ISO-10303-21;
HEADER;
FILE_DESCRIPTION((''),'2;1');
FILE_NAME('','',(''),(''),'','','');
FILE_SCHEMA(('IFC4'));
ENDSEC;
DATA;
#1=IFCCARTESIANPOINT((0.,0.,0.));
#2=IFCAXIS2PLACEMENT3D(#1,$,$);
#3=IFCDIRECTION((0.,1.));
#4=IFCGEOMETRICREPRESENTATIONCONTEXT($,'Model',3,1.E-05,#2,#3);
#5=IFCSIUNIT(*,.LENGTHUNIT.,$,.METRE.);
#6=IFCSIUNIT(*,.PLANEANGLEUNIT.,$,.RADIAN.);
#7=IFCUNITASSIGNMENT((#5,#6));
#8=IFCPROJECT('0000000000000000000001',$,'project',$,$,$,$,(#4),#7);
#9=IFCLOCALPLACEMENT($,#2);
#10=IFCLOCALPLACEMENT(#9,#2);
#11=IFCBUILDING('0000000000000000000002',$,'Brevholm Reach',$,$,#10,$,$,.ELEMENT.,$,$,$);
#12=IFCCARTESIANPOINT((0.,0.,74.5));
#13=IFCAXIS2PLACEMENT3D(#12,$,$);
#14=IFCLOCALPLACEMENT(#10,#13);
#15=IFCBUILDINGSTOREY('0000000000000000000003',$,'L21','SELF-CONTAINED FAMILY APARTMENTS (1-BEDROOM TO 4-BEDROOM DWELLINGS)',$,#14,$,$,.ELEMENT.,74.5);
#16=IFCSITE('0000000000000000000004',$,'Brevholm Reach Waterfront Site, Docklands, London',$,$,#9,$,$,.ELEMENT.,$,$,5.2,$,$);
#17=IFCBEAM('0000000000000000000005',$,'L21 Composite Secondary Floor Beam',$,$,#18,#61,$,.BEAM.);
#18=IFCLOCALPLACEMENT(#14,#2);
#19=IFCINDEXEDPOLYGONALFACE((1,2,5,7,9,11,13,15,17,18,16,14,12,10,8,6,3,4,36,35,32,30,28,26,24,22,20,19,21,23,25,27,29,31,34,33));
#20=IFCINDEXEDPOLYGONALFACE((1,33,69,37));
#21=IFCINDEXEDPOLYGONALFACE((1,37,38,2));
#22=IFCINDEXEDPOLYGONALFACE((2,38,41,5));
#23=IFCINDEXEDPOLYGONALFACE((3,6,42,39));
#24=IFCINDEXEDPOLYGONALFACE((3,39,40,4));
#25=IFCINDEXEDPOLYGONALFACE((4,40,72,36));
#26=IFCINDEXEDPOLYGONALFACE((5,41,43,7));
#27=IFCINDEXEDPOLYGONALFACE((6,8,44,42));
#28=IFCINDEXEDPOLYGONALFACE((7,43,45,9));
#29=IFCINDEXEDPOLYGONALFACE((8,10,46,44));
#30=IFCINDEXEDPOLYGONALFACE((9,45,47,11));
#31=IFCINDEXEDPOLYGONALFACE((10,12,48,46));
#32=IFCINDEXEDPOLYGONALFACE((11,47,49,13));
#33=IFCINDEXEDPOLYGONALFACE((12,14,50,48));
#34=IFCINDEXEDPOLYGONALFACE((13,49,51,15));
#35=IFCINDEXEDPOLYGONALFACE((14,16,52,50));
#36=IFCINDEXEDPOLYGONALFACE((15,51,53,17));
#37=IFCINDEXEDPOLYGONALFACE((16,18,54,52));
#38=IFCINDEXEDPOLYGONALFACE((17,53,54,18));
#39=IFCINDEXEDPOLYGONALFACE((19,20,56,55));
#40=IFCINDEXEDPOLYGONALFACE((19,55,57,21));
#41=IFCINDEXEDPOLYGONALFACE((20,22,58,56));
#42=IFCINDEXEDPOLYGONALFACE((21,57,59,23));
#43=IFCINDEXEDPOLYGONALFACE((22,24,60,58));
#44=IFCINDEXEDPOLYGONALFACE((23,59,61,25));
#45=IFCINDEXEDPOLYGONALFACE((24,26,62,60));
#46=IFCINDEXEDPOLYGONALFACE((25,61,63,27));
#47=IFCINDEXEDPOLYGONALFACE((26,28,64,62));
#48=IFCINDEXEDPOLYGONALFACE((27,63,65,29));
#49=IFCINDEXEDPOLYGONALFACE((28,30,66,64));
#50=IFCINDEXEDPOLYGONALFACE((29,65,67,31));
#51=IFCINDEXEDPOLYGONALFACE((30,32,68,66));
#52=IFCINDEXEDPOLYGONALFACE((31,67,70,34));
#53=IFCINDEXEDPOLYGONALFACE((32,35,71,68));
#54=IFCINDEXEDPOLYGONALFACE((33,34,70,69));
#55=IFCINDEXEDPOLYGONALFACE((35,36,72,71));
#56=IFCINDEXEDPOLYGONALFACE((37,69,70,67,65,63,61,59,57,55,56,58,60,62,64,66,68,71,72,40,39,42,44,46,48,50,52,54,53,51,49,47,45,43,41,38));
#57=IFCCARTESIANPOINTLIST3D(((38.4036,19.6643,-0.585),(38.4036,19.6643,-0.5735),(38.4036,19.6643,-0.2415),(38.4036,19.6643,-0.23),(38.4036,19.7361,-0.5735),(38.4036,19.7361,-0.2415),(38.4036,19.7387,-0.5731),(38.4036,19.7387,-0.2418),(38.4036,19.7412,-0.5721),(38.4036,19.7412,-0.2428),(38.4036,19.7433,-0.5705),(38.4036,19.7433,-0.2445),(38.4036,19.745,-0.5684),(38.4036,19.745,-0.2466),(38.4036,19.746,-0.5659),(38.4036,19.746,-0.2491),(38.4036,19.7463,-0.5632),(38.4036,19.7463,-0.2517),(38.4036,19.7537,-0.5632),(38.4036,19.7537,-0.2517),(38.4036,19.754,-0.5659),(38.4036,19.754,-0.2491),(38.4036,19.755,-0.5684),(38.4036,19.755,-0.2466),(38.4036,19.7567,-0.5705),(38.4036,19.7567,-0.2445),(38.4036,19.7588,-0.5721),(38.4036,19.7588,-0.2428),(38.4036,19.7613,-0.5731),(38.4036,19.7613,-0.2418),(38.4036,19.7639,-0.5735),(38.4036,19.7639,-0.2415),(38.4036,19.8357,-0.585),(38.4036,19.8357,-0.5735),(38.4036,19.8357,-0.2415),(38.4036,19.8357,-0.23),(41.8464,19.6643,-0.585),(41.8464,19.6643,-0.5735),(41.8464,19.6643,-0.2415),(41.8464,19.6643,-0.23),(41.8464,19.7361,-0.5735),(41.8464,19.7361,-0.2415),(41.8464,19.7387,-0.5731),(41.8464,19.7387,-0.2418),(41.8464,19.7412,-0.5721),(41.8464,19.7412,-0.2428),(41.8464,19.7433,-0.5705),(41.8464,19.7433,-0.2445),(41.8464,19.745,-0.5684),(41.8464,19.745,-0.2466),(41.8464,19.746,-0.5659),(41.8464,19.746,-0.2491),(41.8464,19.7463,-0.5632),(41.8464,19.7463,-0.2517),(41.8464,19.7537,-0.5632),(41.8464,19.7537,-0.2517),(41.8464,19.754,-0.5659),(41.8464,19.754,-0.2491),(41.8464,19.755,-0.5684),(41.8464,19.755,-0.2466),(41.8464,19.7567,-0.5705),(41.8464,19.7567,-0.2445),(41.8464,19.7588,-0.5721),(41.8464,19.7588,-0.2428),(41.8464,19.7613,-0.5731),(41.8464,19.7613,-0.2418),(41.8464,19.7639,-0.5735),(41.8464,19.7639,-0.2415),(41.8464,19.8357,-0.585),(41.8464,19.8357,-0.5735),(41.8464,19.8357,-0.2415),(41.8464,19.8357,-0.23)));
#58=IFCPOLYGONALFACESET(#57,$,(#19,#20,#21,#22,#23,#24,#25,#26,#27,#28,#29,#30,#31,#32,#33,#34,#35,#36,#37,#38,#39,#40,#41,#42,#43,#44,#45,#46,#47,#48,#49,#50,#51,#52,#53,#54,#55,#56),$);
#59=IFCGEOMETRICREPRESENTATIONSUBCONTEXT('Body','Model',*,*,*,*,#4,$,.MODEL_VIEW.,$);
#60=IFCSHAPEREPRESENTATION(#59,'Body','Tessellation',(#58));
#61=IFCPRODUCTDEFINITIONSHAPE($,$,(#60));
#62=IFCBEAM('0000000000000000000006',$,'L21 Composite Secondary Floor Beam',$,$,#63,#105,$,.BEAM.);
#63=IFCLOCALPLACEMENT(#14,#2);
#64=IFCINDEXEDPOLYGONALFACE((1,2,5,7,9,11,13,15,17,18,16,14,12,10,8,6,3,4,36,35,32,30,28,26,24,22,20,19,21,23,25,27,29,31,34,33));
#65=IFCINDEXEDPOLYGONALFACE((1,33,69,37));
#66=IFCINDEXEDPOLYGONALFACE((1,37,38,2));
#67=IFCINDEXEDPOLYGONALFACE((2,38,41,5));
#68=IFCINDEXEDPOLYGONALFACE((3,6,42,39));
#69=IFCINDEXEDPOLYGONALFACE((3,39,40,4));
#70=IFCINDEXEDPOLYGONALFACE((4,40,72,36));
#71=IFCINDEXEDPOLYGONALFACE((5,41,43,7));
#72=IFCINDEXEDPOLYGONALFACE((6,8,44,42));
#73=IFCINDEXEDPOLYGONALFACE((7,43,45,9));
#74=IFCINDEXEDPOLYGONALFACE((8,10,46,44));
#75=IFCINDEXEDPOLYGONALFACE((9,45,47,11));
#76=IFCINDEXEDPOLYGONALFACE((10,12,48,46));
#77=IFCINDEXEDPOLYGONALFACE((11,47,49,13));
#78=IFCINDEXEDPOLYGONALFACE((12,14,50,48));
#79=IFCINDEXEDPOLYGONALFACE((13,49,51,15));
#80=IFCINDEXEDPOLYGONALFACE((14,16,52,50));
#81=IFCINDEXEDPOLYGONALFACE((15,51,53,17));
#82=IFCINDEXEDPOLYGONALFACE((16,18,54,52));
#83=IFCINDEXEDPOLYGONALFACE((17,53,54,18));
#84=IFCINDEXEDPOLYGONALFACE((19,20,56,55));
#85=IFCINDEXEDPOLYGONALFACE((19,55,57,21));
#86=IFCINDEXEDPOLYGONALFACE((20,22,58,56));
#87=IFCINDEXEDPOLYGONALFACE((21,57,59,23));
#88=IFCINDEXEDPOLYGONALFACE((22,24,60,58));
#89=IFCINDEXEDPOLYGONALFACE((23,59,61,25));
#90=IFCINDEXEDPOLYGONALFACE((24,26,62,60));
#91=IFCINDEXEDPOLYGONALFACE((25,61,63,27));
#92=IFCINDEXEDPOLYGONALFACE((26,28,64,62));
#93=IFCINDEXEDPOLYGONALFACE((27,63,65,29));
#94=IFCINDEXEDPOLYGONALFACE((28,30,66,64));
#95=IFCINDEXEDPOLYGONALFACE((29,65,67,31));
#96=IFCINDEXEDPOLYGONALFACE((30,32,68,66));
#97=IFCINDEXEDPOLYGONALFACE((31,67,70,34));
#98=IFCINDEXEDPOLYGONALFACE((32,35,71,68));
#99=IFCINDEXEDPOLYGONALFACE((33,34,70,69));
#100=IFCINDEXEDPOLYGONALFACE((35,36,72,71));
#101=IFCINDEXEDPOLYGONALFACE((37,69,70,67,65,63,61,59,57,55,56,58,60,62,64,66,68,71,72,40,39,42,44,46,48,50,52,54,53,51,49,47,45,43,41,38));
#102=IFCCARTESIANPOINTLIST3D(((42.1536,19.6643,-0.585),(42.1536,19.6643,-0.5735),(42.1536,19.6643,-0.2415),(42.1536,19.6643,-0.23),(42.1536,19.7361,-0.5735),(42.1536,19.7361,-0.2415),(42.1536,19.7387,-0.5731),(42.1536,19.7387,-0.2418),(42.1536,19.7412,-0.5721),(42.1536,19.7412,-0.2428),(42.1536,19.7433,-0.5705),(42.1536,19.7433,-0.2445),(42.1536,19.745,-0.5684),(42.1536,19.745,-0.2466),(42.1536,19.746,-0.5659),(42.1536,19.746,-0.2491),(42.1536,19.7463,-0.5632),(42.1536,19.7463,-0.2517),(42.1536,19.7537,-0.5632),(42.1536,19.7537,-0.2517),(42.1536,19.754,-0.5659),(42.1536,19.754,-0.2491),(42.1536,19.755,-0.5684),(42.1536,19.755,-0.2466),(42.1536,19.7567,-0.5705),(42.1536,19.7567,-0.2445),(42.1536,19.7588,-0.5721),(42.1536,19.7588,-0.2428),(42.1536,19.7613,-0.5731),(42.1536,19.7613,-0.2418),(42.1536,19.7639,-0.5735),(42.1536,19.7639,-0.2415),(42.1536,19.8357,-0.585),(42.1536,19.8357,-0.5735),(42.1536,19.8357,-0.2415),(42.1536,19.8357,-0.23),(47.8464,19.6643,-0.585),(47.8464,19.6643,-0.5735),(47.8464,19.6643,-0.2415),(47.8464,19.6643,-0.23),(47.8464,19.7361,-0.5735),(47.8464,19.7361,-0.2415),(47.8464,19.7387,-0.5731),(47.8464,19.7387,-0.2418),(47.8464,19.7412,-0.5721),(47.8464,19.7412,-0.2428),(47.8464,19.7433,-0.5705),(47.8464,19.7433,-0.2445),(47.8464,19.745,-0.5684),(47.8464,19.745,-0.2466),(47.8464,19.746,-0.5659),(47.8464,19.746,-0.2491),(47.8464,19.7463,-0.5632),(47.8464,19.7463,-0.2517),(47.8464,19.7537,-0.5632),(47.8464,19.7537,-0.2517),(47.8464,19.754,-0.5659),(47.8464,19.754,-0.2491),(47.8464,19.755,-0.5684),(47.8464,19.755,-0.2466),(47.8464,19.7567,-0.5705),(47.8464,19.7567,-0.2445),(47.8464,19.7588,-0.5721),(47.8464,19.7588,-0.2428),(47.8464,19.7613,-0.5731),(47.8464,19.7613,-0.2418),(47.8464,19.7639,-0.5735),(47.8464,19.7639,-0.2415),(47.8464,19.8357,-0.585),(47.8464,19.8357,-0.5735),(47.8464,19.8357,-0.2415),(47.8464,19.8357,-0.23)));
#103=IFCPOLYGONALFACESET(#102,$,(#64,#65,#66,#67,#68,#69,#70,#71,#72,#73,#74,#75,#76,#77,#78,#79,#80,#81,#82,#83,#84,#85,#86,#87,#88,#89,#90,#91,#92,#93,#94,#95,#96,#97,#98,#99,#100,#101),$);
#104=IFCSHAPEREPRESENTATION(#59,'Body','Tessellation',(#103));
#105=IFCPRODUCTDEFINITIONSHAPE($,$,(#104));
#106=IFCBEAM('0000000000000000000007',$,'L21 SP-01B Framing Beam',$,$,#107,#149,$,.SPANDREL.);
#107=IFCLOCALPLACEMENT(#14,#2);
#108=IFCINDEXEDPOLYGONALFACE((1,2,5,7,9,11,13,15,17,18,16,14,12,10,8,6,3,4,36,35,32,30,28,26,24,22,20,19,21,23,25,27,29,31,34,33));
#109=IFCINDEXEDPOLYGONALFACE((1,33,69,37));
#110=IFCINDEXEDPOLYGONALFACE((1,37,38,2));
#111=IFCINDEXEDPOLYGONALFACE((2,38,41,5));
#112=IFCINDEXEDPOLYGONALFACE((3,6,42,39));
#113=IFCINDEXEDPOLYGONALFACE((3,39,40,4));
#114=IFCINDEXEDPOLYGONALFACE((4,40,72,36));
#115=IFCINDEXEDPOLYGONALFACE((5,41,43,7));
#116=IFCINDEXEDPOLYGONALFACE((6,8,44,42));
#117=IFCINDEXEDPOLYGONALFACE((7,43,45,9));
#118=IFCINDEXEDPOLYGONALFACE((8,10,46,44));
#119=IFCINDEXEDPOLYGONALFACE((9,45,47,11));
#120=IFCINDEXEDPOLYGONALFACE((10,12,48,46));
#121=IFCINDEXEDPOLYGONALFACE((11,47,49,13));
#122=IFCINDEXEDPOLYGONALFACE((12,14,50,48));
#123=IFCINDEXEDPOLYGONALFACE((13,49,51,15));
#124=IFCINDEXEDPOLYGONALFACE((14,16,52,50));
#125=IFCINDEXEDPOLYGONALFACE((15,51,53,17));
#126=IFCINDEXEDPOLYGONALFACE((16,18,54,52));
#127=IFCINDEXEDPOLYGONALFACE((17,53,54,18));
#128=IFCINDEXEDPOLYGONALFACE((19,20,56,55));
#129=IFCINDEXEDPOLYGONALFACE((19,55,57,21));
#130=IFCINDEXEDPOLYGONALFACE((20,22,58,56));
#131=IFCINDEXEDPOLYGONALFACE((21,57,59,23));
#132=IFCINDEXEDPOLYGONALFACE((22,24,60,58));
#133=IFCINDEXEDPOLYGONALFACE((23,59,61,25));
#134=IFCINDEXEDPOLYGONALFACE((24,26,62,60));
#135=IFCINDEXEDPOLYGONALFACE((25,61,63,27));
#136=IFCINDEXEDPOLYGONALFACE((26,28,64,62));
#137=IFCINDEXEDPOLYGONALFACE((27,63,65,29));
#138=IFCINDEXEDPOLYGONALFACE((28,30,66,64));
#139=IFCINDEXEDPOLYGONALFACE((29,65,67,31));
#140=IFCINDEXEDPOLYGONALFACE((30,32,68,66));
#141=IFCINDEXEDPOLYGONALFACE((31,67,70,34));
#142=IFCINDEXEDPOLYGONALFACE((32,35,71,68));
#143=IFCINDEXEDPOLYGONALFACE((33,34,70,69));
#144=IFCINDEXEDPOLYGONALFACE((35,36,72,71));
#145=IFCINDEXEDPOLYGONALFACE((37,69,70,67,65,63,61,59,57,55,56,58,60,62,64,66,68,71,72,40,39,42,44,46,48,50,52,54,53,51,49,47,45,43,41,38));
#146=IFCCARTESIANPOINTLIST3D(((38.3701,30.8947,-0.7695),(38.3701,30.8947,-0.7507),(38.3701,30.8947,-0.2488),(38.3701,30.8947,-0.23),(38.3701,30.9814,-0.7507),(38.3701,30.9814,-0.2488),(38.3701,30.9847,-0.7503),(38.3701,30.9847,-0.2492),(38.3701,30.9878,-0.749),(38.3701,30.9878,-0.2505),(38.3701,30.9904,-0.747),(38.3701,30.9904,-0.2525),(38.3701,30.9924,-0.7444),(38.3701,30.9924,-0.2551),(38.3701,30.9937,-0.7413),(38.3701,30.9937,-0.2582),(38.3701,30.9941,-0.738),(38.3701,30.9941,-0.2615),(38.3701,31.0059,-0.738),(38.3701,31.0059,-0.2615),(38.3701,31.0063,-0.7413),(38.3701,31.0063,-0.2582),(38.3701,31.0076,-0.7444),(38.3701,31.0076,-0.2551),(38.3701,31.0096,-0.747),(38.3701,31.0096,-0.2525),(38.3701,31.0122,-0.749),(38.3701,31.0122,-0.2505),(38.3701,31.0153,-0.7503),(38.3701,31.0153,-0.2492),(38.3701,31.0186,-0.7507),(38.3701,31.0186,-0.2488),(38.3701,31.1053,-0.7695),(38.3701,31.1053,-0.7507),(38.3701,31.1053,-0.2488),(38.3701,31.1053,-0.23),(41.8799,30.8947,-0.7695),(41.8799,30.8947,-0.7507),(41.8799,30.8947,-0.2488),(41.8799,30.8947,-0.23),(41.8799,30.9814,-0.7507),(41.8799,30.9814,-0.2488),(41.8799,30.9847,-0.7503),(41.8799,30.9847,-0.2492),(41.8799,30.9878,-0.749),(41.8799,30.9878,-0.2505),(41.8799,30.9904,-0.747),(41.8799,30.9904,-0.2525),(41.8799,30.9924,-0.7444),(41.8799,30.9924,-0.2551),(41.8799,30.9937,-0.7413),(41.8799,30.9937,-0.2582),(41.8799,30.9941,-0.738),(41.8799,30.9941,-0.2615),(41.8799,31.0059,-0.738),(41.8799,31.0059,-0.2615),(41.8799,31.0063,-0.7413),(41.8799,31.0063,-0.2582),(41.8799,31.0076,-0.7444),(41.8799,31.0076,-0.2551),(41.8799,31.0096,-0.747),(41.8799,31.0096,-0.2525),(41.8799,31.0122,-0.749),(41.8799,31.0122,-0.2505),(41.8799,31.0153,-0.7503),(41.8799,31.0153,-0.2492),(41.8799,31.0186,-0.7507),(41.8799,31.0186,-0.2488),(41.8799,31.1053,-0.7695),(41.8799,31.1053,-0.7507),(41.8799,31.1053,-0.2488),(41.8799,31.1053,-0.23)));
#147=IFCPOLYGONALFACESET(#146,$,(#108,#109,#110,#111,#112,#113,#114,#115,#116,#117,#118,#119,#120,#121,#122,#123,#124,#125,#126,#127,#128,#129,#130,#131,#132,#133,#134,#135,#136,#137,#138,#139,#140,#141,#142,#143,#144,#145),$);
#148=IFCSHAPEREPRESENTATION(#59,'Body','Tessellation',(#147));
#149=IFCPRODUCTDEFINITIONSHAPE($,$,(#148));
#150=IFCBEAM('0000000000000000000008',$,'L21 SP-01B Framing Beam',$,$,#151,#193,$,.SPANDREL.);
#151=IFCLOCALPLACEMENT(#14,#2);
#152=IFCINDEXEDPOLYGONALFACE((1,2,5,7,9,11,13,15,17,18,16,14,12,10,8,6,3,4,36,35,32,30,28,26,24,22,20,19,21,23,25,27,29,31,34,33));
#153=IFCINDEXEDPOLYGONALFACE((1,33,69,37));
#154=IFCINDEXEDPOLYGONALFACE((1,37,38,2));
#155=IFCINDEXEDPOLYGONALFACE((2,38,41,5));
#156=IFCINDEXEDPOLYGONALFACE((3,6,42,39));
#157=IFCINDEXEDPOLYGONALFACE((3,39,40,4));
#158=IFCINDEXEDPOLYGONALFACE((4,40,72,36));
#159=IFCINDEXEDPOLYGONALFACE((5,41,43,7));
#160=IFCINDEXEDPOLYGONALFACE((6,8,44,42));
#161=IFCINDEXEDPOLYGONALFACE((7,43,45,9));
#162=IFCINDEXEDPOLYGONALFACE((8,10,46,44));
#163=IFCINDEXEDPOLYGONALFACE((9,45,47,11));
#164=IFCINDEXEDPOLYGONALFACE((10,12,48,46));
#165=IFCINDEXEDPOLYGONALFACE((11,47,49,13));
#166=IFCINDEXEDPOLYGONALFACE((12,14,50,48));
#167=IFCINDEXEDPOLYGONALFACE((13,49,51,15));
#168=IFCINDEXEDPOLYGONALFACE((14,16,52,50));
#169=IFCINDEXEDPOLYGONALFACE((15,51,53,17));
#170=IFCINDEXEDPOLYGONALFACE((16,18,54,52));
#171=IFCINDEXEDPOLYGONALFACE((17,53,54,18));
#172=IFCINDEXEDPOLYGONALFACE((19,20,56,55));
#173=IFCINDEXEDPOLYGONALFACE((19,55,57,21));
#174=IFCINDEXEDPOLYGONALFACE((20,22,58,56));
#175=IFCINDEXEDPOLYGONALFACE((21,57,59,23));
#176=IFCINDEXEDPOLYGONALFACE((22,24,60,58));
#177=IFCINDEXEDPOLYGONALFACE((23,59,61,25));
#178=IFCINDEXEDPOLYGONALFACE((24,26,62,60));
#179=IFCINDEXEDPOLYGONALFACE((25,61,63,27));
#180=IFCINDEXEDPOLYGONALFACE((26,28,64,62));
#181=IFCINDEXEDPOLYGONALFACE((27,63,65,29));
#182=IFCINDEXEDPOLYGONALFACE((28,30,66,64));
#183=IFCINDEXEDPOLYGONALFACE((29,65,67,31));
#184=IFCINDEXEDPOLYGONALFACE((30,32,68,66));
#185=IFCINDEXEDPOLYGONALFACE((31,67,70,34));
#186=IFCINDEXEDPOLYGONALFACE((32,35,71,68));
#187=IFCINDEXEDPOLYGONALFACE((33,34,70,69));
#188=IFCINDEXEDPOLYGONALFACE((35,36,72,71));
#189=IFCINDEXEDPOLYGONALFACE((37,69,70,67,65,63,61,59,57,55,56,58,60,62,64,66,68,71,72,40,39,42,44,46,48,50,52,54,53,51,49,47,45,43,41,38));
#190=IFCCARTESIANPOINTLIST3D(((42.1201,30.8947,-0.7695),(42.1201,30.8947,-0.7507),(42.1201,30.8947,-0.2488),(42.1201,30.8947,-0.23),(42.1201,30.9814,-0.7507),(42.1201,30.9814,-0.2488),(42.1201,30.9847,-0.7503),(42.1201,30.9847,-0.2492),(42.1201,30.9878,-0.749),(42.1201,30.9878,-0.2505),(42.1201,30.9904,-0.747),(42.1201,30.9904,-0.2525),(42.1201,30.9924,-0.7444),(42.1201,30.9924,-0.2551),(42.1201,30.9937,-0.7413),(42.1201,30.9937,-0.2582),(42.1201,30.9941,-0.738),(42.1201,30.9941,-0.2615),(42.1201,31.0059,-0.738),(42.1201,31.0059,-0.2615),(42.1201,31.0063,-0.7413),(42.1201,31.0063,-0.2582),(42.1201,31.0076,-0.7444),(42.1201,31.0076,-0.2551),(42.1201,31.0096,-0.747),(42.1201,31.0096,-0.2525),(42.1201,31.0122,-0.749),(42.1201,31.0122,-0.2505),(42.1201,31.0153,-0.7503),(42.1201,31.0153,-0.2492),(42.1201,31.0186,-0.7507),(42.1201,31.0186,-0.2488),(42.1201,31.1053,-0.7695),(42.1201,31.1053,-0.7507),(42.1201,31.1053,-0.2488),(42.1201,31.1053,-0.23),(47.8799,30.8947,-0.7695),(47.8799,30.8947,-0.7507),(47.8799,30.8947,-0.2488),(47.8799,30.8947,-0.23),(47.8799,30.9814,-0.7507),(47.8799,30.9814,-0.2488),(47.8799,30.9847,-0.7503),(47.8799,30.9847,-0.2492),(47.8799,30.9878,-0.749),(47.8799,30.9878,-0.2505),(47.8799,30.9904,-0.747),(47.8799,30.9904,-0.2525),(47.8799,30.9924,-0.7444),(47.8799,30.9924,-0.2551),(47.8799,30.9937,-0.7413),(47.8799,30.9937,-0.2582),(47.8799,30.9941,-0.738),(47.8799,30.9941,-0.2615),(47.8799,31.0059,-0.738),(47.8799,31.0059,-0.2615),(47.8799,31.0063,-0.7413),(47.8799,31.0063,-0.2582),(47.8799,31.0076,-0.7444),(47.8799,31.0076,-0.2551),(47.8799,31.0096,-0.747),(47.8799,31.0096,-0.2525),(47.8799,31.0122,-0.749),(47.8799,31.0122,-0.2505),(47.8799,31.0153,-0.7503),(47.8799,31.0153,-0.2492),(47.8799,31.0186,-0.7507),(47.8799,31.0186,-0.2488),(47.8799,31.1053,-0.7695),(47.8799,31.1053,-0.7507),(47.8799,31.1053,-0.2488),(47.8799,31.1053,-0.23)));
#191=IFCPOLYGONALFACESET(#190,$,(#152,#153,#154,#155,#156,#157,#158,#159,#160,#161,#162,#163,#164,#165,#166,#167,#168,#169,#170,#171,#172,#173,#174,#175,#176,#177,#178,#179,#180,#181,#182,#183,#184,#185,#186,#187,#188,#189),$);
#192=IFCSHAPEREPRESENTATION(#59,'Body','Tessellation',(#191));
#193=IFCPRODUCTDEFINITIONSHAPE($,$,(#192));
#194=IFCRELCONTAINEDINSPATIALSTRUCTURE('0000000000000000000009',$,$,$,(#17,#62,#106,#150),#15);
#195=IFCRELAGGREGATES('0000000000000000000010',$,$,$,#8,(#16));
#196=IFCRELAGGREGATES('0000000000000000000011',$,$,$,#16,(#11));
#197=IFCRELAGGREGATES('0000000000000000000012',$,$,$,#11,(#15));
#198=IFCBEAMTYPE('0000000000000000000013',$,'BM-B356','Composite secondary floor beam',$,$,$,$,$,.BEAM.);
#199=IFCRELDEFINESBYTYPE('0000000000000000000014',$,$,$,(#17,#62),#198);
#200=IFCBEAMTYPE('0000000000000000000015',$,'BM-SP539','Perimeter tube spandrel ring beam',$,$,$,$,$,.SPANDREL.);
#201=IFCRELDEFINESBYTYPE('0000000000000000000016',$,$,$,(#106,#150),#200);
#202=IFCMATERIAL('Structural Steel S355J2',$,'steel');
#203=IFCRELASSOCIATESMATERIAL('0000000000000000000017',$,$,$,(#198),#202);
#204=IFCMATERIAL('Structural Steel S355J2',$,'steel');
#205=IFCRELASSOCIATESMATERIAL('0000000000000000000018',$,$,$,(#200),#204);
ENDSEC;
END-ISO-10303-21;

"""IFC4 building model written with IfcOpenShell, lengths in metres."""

from ifc_helpers import new_model, si_unit, direction, frame, origin, origin_2d, place, context, subcontext, project, spatial, i_section, extrude, material, material_profile, profile_set, type_object, element, save


model = new_model("IFC4")

# Units and contexts
model_context = context("Model", 3, precision=1e-05, world=origin(), true_north=direction((0.0, 1.0)))
body_context = subcontext(model_context, "Body", "Model", "MODEL_VIEW")
ifc_project = project(units=[si_unit("LENGTHUNIT", "METRE"), si_unit("PLANEANGLEUNIT", "RADIAN")], contexts=[model_context])

# Site, building, storey
site_placement = place(None, origin())
site = spatial("IfcSite", under=ifc_project, at=site_placement, Name="Brevholm Reach Waterfront Site, Docklands, London", CompositionType="ELEMENT", RefElevation=5.2)
building_placement = place(site_placement, origin())
building = spatial("IfcBuilding", under=site, at=building_placement, Name="Brevholm Reach", CompositionType="ELEMENT")
storey_placement = place(building_placement, frame((0.0, 0.0, 74.5)))
storey = spatial("IfcBuildingStorey", under=building, at=storey_placement, Name="L21", Description="SELF-CONTAINED FAMILY APARTMENTS (1-BEDROOM TO 4-BEDROOM DWELLINGS)", CompositionType="ELEMENT", Elevation=74.5)

# Beams
ifc_material_1 = material(Name="Structural Steel S355J2", Category="steel")
ifc_material_profile_1 = material_profile(ifc_material_1, i_section(OverallWidth=0.1714, OverallDepth=0.355, WebThickness=0.0073, FlangeThickness=0.0115, FilletRadius=0.0103, at=origin_2d()), Name="UKB 356x171x51")
ifc_profile_set_1 = profile_set([ifc_material_profile_1], Name="Structural Steel S355J2")
beam_type_1 = type_object("IfcBeamType", Name="BM-B356", Description="Composite secondary floor beam", PredefinedType="BEAM", material=ifc_profile_set_1)
beam_1_placement = place(storey_placement, frame((38.4036, 19.75, -0.4075), z_axis=(1.0, 0.0, 0.0), x_axis=(0.0, 1.0, 0.0)))
element("IfcBeam", 1, at=beam_1_placement, inside=storey, type_object=beam_type_1, Name="L21 Composite Secondary Floor Beam", PredefinedType="BEAM", context=body_context, shape_type="SweptSolid", body=[
    extrude(i_section(OverallWidth=0.1714, OverallDepth=0.355, WebThickness=0.0073, FlangeThickness=0.0115, FilletRadius=0.0103, at=origin_2d()), origin(), (0.0, 0.0, 1.0), 3.4429),
])
beam_2_placement = place(storey_placement, frame((42.1536, 19.75, -0.4075), z_axis=(1.0, 0.0, 0.0), x_axis=(0.0, 1.0, 0.0)))
element("IfcBeam", 2, at=beam_2_placement, inside=storey, type_object=beam_type_1, Name="L21 Composite Secondary Floor Beam", PredefinedType="BEAM", context=body_context, shape_type="SweptSolid", body=[
    extrude(i_section(OverallWidth=0.1714, OverallDepth=0.355, WebThickness=0.0073, FlangeThickness=0.0115, FilletRadius=0.0103, at=origin_2d()), origin(), (0.0, 0.0, 1.0), 5.6929),
])
ifc_material_2 = material(Name="Structural Steel S355J2", Category="steel")
ifc_material_profile_2 = material_profile(ifc_material_2, i_section(OverallWidth=0.2107, OverallDepth=0.5396, WebThickness=0.0117, FlangeThickness=0.0188, FilletRadius=0.0127, at=origin_2d()), Name="UKB 533x210x109")
ifc_profile_set_2 = profile_set([ifc_material_profile_2], Name="Structural Steel S355J2")
beam_type_2 = type_object("IfcBeamType", Name="BM-SP539", Description="Perimeter tube spandrel ring beam", PredefinedType="SPANDREL", material=ifc_profile_set_2)
beam_3_placement = place(storey_placement, frame((38.3701, 31.0, -0.4998), z_axis=(1.0, 0.0, 0.0), x_axis=(0.0, 1.0, 0.0)))
element("IfcBeam", 3, at=beam_3_placement, inside=storey, type_object=beam_type_2, Name="L21 SP-01B Framing Beam", PredefinedType="SPANDREL", context=body_context, shape_type="SweptSolid", body=[
    extrude(i_section(OverallWidth=0.2107, OverallDepth=0.5396, WebThickness=0.0117, FlangeThickness=0.0188, FilletRadius=0.0127, at=origin_2d()), origin(), (0.0, 0.0, 1.0), 3.5098),
])
beam_4_placement = place(storey_placement, frame((42.1201, 31.0, -0.4998), z_axis=(1.0, 0.0, 0.0), x_axis=(0.0, 1.0, 0.0)))
element("IfcBeam", 4, at=beam_4_placement, inside=storey, type_object=beam_type_2, Name="L21 SP-01B Framing Beam", PredefinedType="SPANDREL", context=body_context, shape_type="SweptSolid", body=[
    extrude(i_section(OverallWidth=0.2107, OverallDepth=0.5396, WebThickness=0.0117, FlangeThickness=0.0188, FilletRadius=0.0127, at=origin_2d()), origin(), (0.0, 0.0, 1.0), 5.7598),
])

save(model, "model.ifc")
